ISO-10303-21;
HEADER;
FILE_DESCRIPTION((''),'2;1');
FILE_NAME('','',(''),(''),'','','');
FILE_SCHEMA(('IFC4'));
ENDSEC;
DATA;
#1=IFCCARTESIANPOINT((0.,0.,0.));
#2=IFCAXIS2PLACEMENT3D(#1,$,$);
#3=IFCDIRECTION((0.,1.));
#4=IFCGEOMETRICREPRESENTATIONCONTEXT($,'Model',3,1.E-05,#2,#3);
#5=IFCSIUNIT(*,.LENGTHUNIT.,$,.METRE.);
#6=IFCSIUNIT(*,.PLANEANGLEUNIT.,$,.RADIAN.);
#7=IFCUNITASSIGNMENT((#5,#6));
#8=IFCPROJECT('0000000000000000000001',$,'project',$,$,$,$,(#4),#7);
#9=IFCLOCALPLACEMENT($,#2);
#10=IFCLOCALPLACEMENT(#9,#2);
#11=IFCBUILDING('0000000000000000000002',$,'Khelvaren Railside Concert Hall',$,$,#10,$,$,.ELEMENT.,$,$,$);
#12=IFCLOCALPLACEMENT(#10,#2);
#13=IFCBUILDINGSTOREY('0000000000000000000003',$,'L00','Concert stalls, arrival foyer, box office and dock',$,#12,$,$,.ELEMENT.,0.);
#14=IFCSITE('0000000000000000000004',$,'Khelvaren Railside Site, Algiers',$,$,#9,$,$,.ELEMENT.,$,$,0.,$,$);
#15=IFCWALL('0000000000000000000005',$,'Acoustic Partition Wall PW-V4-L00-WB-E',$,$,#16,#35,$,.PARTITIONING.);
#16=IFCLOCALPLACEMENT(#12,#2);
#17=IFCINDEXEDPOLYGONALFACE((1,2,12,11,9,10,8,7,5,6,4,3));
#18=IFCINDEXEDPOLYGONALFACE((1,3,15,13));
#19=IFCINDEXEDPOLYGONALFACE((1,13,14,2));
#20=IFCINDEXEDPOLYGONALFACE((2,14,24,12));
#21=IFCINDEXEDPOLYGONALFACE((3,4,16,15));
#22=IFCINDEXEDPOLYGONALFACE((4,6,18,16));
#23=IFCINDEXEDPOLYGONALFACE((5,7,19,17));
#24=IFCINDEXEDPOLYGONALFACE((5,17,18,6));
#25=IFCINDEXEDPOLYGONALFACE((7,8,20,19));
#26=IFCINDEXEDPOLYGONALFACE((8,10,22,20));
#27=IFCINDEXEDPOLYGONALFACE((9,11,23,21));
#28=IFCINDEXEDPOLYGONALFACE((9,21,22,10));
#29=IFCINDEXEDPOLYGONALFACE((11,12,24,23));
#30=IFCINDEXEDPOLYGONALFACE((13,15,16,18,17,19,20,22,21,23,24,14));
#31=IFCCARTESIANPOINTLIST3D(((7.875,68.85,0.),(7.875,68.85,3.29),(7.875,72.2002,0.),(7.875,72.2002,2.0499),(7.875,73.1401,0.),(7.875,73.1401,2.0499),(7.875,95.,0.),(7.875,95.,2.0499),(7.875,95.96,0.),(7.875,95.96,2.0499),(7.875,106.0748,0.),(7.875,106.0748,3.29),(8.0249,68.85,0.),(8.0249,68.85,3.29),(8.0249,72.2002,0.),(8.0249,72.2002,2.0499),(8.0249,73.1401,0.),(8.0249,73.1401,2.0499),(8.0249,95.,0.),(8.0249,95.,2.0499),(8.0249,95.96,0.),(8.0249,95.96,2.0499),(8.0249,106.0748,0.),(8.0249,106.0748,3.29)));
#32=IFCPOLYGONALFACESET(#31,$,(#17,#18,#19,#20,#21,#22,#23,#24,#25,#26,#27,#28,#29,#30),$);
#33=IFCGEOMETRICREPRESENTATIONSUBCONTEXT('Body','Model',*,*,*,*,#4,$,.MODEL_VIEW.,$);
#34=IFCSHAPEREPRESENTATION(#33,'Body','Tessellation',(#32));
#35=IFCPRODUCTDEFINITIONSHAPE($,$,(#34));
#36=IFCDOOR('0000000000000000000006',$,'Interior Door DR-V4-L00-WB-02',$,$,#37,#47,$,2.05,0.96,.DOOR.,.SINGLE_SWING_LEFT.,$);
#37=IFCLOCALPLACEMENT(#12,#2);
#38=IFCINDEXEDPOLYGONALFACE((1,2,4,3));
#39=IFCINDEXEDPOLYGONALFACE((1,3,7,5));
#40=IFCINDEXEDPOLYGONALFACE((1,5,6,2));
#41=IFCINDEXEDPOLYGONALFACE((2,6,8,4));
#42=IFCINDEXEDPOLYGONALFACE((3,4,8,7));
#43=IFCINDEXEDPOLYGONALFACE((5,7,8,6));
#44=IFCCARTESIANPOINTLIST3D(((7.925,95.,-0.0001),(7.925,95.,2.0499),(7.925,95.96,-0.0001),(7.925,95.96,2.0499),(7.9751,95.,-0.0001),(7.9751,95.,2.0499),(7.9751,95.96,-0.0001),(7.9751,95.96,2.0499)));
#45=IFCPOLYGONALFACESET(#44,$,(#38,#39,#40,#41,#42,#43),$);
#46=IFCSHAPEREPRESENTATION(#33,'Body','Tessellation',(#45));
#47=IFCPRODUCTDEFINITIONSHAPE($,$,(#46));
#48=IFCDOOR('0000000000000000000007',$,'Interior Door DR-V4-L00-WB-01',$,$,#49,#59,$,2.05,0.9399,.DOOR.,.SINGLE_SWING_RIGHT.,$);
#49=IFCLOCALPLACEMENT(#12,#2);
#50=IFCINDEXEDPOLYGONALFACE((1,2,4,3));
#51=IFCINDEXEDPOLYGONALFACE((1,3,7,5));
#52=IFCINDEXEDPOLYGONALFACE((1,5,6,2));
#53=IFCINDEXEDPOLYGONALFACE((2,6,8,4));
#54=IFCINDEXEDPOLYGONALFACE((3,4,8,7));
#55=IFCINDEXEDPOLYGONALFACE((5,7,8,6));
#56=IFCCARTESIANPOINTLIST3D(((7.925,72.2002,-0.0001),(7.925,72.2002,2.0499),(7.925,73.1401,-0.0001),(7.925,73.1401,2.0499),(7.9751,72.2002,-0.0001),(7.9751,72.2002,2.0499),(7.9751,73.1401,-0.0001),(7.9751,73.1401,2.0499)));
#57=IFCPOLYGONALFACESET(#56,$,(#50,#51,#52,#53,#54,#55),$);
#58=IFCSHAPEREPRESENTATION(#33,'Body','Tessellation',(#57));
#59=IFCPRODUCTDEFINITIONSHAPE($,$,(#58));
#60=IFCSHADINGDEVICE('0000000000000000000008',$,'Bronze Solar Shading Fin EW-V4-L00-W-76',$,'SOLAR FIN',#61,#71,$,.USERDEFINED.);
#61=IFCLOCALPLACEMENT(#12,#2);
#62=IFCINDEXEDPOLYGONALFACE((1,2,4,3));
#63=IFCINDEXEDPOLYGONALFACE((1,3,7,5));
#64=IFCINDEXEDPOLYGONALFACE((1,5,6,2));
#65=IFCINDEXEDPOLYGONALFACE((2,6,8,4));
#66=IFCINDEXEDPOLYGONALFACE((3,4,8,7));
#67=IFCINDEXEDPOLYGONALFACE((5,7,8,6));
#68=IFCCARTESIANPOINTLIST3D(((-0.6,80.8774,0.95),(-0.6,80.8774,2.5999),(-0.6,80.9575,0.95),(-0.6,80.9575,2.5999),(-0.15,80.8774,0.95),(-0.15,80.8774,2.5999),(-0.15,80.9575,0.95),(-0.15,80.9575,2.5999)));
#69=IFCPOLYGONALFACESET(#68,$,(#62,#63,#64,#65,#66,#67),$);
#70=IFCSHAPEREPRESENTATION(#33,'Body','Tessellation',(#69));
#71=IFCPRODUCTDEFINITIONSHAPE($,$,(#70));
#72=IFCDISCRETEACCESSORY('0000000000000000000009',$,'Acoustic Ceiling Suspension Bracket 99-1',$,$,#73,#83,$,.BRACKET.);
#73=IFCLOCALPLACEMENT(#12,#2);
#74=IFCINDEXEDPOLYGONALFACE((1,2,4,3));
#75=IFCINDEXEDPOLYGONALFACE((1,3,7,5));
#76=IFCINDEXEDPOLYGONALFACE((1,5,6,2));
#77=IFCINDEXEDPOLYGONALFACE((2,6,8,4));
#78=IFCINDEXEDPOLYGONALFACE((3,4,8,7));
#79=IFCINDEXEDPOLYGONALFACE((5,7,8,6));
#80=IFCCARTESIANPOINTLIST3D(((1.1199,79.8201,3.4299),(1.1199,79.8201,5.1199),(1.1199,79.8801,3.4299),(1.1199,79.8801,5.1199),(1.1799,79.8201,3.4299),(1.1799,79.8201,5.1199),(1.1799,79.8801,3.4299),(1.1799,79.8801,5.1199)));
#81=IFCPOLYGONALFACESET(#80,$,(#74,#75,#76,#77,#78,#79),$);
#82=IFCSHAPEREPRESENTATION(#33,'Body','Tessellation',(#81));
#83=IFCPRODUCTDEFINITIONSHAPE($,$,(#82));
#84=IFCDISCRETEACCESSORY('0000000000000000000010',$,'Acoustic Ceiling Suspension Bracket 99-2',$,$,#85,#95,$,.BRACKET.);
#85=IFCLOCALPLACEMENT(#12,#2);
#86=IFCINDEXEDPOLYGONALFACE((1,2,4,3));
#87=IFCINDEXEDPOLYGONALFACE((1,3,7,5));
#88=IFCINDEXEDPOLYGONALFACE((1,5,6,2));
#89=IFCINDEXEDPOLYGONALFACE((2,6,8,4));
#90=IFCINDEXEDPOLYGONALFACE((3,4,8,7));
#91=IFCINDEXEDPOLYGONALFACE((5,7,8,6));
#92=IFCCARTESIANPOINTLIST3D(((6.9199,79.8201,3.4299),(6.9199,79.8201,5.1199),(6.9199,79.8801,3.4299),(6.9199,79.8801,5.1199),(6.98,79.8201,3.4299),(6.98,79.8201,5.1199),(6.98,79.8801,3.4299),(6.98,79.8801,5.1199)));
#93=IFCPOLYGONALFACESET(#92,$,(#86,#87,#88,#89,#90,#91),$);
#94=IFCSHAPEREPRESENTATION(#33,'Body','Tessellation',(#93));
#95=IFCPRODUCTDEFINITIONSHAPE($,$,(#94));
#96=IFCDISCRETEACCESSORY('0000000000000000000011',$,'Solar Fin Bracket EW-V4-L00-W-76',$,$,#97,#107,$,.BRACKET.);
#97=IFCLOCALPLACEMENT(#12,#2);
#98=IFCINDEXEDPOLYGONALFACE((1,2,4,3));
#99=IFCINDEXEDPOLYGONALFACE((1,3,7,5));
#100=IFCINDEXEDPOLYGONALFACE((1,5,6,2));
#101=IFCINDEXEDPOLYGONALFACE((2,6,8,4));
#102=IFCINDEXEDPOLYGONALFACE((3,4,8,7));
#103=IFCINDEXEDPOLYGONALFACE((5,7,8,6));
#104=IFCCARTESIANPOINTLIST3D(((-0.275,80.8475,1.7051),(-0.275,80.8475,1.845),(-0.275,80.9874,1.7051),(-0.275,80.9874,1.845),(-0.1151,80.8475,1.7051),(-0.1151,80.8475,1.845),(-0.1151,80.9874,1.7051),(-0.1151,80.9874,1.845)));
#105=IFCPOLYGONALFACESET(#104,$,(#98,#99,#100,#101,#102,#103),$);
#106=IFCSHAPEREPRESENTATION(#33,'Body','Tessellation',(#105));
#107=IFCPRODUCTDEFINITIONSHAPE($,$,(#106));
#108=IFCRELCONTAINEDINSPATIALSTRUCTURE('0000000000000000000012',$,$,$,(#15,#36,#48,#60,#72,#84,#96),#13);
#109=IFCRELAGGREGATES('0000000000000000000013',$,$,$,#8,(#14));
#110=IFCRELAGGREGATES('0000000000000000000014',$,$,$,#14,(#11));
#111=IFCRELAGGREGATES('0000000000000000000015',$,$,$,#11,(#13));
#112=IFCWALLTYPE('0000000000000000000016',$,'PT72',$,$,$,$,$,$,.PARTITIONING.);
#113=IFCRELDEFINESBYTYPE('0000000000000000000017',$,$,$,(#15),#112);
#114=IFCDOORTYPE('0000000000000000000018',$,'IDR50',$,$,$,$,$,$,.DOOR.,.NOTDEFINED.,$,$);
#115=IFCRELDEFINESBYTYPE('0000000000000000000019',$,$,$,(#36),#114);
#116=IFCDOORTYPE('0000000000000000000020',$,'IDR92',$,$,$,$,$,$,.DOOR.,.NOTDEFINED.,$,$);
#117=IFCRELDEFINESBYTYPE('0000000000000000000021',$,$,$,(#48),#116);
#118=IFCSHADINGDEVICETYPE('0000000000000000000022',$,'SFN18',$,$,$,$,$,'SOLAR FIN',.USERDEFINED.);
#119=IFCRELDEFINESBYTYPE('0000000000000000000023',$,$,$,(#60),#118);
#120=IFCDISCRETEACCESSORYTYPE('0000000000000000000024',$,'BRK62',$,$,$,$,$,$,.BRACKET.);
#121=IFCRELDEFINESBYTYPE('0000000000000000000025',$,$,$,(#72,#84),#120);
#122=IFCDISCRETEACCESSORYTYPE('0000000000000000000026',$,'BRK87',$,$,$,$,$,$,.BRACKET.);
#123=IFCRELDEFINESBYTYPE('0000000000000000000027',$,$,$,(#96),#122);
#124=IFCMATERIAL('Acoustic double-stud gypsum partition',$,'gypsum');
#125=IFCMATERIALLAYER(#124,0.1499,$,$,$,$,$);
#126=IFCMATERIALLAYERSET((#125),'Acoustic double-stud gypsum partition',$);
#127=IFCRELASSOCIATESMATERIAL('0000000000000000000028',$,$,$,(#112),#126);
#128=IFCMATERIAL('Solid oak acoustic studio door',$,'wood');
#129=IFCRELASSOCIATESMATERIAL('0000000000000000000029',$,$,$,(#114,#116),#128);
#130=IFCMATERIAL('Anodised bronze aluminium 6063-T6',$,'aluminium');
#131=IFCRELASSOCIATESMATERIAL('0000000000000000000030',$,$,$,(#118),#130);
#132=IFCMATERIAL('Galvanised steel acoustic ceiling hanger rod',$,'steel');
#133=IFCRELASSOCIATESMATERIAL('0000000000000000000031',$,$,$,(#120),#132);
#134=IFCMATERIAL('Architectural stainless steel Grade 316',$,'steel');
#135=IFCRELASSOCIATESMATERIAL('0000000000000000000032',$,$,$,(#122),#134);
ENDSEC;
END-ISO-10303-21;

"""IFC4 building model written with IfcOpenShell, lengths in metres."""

from ifc_helpers import new_model, si_unit, direction, frame, frame_2d, origin, origin_2d, place, context, subcontext, project, spatial, rectangle, extrude, material, layer, layer_set, type_object, element, fill, save


model = new_model("IFC4")

# Units and contexts
model_context = context("Model", 3, precision=1e-05, world=origin(), true_north=direction((0.0, 1.0)))
body_context = subcontext(model_context, "Body", "Model", "MODEL_VIEW")
ifc_project = project(units=[si_unit("LENGTHUNIT", "METRE"), si_unit("PLANEANGLEUNIT", "RADIAN")], contexts=[model_context])

# Site, building, storey
site_placement = place(None, origin())
site = spatial("IfcSite", under=ifc_project, at=site_placement, Name="Khelvaren Railside Site, Algiers", CompositionType="ELEMENT", RefElevation=0.0)
building_placement = place(site_placement, origin())
building = spatial("IfcBuilding", under=site, at=building_placement, Name="Khelvaren Railside Concert Hall", CompositionType="ELEMENT")
storey_placement = place(building_placement, origin())
storey = spatial("IfcBuildingStorey", under=building, at=storey_placement, Name="L00", Description="Concert stalls, arrival foyer, box office and dock", CompositionType="ELEMENT", Elevation=0.0)

# Wall, openings, doors
ifc_material_1 = material(Name="Acoustic double-stud gypsum partition", Category="gypsum")
ifc_layer_1 = layer(ifc_material_1, 0.1499)
ifc_layer_set_1 = layer_set([ifc_layer_1], Name="Acoustic double-stud gypsum partition")
wall_type_1 = type_object("IfcWallType", Name="PT72", PredefinedType="PARTITIONING", material=ifc_layer_set_1)
wall_1_placement = place(storey_placement, frame((7.95, 68.8501, 0.0), z_axis=(0.0, 0.0, 1.0), x_axis=(0.0, 1.0, 0.0)))
wall_1 = element("IfcWall", 1, at=wall_1_placement, inside=storey, type_object=wall_type_1, Name="Acoustic Partition Wall PW-V4-L00-WB-E", PredefinedType="PARTITIONING", context=body_context, shape_type="SweptSolid", body=[
    extrude(rectangle(XDim=37.2249, YDim=0.1499, at=frame_2d((18.6123, 0.0))), origin(), (0.0, 0.0, 1.0), 3.29),
])
opening_1_placement = place(wall_1_placement, frame((3.3501, 0.0, 0.0)))
opening_1 = element("IfcOpeningElement", 2, at=opening_1_placement, cuts=wall_1, PredefinedType="OPENING", context=body_context, shape_type="SweptSolid", body=[
    extrude(rectangle(XDim=0.9399, YDim=2.05, at=frame_2d((0.47, 1.0249))), frame((0.0, 0.085, 0.0), z_axis=(0.0, -1.0, 0.0), x_axis=(1.0, 0.0, 0.0)), (0.0, 0.0, 1.0), 0.1699),
])
opening_2_placement = place(wall_1_placement, frame((26.1499, 0.0, 0.0)))
opening_2 = element("IfcOpeningElement", 3, at=opening_2_placement, cuts=wall_1, PredefinedType="OPENING", context=body_context, shape_type="SweptSolid", body=[
    extrude(rectangle(XDim=0.96, YDim=2.05, at=frame_2d((0.48, 1.0249))), frame((0.0, 0.085, 0.0), z_axis=(0.0, -1.0, 0.0), x_axis=(1.0, 0.0, 0.0)), (0.0, 0.0, 1.0), 0.1699),
])
ifc_material_2 = material(Name="Solid oak acoustic studio door", Category="wood")
door_type_1 = type_object("IfcDoorType", Name="IDR50", OperationType="NOTDEFINED", PredefinedType="DOOR", material=ifc_material_2)
door_1_placement = place(opening_2_placement, origin())
door_1 = element("IfcDoor", 4, at=door_1_placement, inside=storey, type_object=door_type_1, Name="Interior Door DR-V4-L00-WB-02", OperationType="SINGLE_SWING_LEFT", OverallHeight=2.05, OverallWidth=0.96, PredefinedType="DOOR", context=body_context, shape_type="SweptSolid", body=[
    extrude(rectangle(XDim=0.96, YDim=2.05, at=frame_2d((0.48, 1.0249))), frame((0.0, 0.0249, 0.0), z_axis=(0.0, -1.0, 0.0), x_axis=(1.0, 0.0, 0.0)), (0.0, 0.0, 1.0), 0.05),
])
fill(opening_2, door_1)
door_type_2 = type_object("IfcDoorType", Name="IDR92", OperationType="NOTDEFINED", PredefinedType="DOOR", material=ifc_material_2)
door_2_placement = place(opening_1_placement, origin())
door_2 = element("IfcDoor", 5, at=door_2_placement, inside=storey, type_object=door_type_2, Name="Interior Door DR-V4-L00-WB-01", OperationType="SINGLE_SWING_RIGHT", OverallHeight=2.05, OverallWidth=0.9399, PredefinedType="DOOR", context=body_context, shape_type="SweptSolid", body=[
    extrude(rectangle(XDim=0.9399, YDim=2.05, at=frame_2d((0.47, 1.0249))), frame((0.0, 0.0249, 0.0), z_axis=(0.0, -1.0, 0.0), x_axis=(1.0, 0.0, 0.0)), (0.0, 0.0, 1.0), 0.05),
])
fill(opening_1, door_2)

# Shading device
ifc_material_3 = material(Name="Anodised bronze aluminium 6063-T6", Category="aluminium")
shading_device_type = type_object("IfcShadingDeviceType", Name="SFN18", ElementType="SOLAR FIN", PredefinedType="USERDEFINED", material=ifc_material_3)
shading_device_placement = place(storey_placement, frame((-0.375, 80.9175, 0.95), z_axis=(0.0, 0.0, 1.0), x_axis=(0.0, 1.0, 0.0)))
element("IfcShadingDevice", 6, at=shading_device_placement, inside=storey, type_object=shading_device_type, Name="Bronze Solar Shading Fin EW-V4-L00-W-76", ObjectType="SOLAR FIN", PredefinedType="USERDEFINED", context=body_context, shape_type="SweptSolid", body=[
    extrude(rectangle(XDim=0.0801, YDim=0.45, at=origin_2d()), origin(), (0.0, 0.0, 1.0), 1.6499),
])

# Discrete accessories
ifc_material_4 = material(Name="Galvanised steel acoustic ceiling hanger rod", Category="steel")
discrete_accessory_type_1 = type_object("IfcDiscreteAccessoryType", Name="BRK62", PredefinedType="BRACKET", material=ifc_material_4)
for number, where, z_axis, x_axis, name in (
    (7, (1.1499, 79.8501, 3.4299), (0.0, 0.0, 1.0), (1.0, 0.0, 0.0), "Acoustic Ceiling Suspension Bracket 99-1"),
    (8, (6.95, 79.8501, 3.4299), (0.0, 0.0, 1.0), (1.0, 0.0, 0.0), "Acoustic Ceiling Suspension Bracket 99-2"),
):
    element("IfcDiscreteAccessory", number, at=place(storey_placement, frame(where, z_axis=z_axis, x_axis=x_axis)), inside=storey, type_object=discrete_accessory_type_1, Name=name, PredefinedType="BRACKET", context=body_context, shape_type="SweptSolid", body=[
        extrude(rectangle(XDim=0.0601, YDim=0.0601, at=origin_2d()), origin(), (0.0, 0.0, 1.0), 1.6899),
    ])
ifc_material_5 = material(Name="Architectural stainless steel Grade 316", Category="steel")
discrete_accessory_type_2 = type_object("IfcDiscreteAccessoryType", Name="BRK87", PredefinedType="BRACKET", material=ifc_material_5)
discrete_accessory_placement = place(storey_placement, frame((-0.1951, 80.9175, 1.7051), z_axis=(0.0, 0.0, 1.0), x_axis=(0.0, 1.0, 0.0)))
element("IfcDiscreteAccessory", 9, at=discrete_accessory_placement, inside=storey, type_object=discrete_accessory_type_2, Name="Solar Fin Bracket EW-V4-L00-W-76", PredefinedType="BRACKET", context=body_context, shape_type="SweptSolid", body=[
    extrude(rectangle(XDim=0.1399, YDim=0.1599, at=origin_2d()), origin(), (0.0, 0.0, 1.0), 0.1399),
])

save(model, "model.ifc")
